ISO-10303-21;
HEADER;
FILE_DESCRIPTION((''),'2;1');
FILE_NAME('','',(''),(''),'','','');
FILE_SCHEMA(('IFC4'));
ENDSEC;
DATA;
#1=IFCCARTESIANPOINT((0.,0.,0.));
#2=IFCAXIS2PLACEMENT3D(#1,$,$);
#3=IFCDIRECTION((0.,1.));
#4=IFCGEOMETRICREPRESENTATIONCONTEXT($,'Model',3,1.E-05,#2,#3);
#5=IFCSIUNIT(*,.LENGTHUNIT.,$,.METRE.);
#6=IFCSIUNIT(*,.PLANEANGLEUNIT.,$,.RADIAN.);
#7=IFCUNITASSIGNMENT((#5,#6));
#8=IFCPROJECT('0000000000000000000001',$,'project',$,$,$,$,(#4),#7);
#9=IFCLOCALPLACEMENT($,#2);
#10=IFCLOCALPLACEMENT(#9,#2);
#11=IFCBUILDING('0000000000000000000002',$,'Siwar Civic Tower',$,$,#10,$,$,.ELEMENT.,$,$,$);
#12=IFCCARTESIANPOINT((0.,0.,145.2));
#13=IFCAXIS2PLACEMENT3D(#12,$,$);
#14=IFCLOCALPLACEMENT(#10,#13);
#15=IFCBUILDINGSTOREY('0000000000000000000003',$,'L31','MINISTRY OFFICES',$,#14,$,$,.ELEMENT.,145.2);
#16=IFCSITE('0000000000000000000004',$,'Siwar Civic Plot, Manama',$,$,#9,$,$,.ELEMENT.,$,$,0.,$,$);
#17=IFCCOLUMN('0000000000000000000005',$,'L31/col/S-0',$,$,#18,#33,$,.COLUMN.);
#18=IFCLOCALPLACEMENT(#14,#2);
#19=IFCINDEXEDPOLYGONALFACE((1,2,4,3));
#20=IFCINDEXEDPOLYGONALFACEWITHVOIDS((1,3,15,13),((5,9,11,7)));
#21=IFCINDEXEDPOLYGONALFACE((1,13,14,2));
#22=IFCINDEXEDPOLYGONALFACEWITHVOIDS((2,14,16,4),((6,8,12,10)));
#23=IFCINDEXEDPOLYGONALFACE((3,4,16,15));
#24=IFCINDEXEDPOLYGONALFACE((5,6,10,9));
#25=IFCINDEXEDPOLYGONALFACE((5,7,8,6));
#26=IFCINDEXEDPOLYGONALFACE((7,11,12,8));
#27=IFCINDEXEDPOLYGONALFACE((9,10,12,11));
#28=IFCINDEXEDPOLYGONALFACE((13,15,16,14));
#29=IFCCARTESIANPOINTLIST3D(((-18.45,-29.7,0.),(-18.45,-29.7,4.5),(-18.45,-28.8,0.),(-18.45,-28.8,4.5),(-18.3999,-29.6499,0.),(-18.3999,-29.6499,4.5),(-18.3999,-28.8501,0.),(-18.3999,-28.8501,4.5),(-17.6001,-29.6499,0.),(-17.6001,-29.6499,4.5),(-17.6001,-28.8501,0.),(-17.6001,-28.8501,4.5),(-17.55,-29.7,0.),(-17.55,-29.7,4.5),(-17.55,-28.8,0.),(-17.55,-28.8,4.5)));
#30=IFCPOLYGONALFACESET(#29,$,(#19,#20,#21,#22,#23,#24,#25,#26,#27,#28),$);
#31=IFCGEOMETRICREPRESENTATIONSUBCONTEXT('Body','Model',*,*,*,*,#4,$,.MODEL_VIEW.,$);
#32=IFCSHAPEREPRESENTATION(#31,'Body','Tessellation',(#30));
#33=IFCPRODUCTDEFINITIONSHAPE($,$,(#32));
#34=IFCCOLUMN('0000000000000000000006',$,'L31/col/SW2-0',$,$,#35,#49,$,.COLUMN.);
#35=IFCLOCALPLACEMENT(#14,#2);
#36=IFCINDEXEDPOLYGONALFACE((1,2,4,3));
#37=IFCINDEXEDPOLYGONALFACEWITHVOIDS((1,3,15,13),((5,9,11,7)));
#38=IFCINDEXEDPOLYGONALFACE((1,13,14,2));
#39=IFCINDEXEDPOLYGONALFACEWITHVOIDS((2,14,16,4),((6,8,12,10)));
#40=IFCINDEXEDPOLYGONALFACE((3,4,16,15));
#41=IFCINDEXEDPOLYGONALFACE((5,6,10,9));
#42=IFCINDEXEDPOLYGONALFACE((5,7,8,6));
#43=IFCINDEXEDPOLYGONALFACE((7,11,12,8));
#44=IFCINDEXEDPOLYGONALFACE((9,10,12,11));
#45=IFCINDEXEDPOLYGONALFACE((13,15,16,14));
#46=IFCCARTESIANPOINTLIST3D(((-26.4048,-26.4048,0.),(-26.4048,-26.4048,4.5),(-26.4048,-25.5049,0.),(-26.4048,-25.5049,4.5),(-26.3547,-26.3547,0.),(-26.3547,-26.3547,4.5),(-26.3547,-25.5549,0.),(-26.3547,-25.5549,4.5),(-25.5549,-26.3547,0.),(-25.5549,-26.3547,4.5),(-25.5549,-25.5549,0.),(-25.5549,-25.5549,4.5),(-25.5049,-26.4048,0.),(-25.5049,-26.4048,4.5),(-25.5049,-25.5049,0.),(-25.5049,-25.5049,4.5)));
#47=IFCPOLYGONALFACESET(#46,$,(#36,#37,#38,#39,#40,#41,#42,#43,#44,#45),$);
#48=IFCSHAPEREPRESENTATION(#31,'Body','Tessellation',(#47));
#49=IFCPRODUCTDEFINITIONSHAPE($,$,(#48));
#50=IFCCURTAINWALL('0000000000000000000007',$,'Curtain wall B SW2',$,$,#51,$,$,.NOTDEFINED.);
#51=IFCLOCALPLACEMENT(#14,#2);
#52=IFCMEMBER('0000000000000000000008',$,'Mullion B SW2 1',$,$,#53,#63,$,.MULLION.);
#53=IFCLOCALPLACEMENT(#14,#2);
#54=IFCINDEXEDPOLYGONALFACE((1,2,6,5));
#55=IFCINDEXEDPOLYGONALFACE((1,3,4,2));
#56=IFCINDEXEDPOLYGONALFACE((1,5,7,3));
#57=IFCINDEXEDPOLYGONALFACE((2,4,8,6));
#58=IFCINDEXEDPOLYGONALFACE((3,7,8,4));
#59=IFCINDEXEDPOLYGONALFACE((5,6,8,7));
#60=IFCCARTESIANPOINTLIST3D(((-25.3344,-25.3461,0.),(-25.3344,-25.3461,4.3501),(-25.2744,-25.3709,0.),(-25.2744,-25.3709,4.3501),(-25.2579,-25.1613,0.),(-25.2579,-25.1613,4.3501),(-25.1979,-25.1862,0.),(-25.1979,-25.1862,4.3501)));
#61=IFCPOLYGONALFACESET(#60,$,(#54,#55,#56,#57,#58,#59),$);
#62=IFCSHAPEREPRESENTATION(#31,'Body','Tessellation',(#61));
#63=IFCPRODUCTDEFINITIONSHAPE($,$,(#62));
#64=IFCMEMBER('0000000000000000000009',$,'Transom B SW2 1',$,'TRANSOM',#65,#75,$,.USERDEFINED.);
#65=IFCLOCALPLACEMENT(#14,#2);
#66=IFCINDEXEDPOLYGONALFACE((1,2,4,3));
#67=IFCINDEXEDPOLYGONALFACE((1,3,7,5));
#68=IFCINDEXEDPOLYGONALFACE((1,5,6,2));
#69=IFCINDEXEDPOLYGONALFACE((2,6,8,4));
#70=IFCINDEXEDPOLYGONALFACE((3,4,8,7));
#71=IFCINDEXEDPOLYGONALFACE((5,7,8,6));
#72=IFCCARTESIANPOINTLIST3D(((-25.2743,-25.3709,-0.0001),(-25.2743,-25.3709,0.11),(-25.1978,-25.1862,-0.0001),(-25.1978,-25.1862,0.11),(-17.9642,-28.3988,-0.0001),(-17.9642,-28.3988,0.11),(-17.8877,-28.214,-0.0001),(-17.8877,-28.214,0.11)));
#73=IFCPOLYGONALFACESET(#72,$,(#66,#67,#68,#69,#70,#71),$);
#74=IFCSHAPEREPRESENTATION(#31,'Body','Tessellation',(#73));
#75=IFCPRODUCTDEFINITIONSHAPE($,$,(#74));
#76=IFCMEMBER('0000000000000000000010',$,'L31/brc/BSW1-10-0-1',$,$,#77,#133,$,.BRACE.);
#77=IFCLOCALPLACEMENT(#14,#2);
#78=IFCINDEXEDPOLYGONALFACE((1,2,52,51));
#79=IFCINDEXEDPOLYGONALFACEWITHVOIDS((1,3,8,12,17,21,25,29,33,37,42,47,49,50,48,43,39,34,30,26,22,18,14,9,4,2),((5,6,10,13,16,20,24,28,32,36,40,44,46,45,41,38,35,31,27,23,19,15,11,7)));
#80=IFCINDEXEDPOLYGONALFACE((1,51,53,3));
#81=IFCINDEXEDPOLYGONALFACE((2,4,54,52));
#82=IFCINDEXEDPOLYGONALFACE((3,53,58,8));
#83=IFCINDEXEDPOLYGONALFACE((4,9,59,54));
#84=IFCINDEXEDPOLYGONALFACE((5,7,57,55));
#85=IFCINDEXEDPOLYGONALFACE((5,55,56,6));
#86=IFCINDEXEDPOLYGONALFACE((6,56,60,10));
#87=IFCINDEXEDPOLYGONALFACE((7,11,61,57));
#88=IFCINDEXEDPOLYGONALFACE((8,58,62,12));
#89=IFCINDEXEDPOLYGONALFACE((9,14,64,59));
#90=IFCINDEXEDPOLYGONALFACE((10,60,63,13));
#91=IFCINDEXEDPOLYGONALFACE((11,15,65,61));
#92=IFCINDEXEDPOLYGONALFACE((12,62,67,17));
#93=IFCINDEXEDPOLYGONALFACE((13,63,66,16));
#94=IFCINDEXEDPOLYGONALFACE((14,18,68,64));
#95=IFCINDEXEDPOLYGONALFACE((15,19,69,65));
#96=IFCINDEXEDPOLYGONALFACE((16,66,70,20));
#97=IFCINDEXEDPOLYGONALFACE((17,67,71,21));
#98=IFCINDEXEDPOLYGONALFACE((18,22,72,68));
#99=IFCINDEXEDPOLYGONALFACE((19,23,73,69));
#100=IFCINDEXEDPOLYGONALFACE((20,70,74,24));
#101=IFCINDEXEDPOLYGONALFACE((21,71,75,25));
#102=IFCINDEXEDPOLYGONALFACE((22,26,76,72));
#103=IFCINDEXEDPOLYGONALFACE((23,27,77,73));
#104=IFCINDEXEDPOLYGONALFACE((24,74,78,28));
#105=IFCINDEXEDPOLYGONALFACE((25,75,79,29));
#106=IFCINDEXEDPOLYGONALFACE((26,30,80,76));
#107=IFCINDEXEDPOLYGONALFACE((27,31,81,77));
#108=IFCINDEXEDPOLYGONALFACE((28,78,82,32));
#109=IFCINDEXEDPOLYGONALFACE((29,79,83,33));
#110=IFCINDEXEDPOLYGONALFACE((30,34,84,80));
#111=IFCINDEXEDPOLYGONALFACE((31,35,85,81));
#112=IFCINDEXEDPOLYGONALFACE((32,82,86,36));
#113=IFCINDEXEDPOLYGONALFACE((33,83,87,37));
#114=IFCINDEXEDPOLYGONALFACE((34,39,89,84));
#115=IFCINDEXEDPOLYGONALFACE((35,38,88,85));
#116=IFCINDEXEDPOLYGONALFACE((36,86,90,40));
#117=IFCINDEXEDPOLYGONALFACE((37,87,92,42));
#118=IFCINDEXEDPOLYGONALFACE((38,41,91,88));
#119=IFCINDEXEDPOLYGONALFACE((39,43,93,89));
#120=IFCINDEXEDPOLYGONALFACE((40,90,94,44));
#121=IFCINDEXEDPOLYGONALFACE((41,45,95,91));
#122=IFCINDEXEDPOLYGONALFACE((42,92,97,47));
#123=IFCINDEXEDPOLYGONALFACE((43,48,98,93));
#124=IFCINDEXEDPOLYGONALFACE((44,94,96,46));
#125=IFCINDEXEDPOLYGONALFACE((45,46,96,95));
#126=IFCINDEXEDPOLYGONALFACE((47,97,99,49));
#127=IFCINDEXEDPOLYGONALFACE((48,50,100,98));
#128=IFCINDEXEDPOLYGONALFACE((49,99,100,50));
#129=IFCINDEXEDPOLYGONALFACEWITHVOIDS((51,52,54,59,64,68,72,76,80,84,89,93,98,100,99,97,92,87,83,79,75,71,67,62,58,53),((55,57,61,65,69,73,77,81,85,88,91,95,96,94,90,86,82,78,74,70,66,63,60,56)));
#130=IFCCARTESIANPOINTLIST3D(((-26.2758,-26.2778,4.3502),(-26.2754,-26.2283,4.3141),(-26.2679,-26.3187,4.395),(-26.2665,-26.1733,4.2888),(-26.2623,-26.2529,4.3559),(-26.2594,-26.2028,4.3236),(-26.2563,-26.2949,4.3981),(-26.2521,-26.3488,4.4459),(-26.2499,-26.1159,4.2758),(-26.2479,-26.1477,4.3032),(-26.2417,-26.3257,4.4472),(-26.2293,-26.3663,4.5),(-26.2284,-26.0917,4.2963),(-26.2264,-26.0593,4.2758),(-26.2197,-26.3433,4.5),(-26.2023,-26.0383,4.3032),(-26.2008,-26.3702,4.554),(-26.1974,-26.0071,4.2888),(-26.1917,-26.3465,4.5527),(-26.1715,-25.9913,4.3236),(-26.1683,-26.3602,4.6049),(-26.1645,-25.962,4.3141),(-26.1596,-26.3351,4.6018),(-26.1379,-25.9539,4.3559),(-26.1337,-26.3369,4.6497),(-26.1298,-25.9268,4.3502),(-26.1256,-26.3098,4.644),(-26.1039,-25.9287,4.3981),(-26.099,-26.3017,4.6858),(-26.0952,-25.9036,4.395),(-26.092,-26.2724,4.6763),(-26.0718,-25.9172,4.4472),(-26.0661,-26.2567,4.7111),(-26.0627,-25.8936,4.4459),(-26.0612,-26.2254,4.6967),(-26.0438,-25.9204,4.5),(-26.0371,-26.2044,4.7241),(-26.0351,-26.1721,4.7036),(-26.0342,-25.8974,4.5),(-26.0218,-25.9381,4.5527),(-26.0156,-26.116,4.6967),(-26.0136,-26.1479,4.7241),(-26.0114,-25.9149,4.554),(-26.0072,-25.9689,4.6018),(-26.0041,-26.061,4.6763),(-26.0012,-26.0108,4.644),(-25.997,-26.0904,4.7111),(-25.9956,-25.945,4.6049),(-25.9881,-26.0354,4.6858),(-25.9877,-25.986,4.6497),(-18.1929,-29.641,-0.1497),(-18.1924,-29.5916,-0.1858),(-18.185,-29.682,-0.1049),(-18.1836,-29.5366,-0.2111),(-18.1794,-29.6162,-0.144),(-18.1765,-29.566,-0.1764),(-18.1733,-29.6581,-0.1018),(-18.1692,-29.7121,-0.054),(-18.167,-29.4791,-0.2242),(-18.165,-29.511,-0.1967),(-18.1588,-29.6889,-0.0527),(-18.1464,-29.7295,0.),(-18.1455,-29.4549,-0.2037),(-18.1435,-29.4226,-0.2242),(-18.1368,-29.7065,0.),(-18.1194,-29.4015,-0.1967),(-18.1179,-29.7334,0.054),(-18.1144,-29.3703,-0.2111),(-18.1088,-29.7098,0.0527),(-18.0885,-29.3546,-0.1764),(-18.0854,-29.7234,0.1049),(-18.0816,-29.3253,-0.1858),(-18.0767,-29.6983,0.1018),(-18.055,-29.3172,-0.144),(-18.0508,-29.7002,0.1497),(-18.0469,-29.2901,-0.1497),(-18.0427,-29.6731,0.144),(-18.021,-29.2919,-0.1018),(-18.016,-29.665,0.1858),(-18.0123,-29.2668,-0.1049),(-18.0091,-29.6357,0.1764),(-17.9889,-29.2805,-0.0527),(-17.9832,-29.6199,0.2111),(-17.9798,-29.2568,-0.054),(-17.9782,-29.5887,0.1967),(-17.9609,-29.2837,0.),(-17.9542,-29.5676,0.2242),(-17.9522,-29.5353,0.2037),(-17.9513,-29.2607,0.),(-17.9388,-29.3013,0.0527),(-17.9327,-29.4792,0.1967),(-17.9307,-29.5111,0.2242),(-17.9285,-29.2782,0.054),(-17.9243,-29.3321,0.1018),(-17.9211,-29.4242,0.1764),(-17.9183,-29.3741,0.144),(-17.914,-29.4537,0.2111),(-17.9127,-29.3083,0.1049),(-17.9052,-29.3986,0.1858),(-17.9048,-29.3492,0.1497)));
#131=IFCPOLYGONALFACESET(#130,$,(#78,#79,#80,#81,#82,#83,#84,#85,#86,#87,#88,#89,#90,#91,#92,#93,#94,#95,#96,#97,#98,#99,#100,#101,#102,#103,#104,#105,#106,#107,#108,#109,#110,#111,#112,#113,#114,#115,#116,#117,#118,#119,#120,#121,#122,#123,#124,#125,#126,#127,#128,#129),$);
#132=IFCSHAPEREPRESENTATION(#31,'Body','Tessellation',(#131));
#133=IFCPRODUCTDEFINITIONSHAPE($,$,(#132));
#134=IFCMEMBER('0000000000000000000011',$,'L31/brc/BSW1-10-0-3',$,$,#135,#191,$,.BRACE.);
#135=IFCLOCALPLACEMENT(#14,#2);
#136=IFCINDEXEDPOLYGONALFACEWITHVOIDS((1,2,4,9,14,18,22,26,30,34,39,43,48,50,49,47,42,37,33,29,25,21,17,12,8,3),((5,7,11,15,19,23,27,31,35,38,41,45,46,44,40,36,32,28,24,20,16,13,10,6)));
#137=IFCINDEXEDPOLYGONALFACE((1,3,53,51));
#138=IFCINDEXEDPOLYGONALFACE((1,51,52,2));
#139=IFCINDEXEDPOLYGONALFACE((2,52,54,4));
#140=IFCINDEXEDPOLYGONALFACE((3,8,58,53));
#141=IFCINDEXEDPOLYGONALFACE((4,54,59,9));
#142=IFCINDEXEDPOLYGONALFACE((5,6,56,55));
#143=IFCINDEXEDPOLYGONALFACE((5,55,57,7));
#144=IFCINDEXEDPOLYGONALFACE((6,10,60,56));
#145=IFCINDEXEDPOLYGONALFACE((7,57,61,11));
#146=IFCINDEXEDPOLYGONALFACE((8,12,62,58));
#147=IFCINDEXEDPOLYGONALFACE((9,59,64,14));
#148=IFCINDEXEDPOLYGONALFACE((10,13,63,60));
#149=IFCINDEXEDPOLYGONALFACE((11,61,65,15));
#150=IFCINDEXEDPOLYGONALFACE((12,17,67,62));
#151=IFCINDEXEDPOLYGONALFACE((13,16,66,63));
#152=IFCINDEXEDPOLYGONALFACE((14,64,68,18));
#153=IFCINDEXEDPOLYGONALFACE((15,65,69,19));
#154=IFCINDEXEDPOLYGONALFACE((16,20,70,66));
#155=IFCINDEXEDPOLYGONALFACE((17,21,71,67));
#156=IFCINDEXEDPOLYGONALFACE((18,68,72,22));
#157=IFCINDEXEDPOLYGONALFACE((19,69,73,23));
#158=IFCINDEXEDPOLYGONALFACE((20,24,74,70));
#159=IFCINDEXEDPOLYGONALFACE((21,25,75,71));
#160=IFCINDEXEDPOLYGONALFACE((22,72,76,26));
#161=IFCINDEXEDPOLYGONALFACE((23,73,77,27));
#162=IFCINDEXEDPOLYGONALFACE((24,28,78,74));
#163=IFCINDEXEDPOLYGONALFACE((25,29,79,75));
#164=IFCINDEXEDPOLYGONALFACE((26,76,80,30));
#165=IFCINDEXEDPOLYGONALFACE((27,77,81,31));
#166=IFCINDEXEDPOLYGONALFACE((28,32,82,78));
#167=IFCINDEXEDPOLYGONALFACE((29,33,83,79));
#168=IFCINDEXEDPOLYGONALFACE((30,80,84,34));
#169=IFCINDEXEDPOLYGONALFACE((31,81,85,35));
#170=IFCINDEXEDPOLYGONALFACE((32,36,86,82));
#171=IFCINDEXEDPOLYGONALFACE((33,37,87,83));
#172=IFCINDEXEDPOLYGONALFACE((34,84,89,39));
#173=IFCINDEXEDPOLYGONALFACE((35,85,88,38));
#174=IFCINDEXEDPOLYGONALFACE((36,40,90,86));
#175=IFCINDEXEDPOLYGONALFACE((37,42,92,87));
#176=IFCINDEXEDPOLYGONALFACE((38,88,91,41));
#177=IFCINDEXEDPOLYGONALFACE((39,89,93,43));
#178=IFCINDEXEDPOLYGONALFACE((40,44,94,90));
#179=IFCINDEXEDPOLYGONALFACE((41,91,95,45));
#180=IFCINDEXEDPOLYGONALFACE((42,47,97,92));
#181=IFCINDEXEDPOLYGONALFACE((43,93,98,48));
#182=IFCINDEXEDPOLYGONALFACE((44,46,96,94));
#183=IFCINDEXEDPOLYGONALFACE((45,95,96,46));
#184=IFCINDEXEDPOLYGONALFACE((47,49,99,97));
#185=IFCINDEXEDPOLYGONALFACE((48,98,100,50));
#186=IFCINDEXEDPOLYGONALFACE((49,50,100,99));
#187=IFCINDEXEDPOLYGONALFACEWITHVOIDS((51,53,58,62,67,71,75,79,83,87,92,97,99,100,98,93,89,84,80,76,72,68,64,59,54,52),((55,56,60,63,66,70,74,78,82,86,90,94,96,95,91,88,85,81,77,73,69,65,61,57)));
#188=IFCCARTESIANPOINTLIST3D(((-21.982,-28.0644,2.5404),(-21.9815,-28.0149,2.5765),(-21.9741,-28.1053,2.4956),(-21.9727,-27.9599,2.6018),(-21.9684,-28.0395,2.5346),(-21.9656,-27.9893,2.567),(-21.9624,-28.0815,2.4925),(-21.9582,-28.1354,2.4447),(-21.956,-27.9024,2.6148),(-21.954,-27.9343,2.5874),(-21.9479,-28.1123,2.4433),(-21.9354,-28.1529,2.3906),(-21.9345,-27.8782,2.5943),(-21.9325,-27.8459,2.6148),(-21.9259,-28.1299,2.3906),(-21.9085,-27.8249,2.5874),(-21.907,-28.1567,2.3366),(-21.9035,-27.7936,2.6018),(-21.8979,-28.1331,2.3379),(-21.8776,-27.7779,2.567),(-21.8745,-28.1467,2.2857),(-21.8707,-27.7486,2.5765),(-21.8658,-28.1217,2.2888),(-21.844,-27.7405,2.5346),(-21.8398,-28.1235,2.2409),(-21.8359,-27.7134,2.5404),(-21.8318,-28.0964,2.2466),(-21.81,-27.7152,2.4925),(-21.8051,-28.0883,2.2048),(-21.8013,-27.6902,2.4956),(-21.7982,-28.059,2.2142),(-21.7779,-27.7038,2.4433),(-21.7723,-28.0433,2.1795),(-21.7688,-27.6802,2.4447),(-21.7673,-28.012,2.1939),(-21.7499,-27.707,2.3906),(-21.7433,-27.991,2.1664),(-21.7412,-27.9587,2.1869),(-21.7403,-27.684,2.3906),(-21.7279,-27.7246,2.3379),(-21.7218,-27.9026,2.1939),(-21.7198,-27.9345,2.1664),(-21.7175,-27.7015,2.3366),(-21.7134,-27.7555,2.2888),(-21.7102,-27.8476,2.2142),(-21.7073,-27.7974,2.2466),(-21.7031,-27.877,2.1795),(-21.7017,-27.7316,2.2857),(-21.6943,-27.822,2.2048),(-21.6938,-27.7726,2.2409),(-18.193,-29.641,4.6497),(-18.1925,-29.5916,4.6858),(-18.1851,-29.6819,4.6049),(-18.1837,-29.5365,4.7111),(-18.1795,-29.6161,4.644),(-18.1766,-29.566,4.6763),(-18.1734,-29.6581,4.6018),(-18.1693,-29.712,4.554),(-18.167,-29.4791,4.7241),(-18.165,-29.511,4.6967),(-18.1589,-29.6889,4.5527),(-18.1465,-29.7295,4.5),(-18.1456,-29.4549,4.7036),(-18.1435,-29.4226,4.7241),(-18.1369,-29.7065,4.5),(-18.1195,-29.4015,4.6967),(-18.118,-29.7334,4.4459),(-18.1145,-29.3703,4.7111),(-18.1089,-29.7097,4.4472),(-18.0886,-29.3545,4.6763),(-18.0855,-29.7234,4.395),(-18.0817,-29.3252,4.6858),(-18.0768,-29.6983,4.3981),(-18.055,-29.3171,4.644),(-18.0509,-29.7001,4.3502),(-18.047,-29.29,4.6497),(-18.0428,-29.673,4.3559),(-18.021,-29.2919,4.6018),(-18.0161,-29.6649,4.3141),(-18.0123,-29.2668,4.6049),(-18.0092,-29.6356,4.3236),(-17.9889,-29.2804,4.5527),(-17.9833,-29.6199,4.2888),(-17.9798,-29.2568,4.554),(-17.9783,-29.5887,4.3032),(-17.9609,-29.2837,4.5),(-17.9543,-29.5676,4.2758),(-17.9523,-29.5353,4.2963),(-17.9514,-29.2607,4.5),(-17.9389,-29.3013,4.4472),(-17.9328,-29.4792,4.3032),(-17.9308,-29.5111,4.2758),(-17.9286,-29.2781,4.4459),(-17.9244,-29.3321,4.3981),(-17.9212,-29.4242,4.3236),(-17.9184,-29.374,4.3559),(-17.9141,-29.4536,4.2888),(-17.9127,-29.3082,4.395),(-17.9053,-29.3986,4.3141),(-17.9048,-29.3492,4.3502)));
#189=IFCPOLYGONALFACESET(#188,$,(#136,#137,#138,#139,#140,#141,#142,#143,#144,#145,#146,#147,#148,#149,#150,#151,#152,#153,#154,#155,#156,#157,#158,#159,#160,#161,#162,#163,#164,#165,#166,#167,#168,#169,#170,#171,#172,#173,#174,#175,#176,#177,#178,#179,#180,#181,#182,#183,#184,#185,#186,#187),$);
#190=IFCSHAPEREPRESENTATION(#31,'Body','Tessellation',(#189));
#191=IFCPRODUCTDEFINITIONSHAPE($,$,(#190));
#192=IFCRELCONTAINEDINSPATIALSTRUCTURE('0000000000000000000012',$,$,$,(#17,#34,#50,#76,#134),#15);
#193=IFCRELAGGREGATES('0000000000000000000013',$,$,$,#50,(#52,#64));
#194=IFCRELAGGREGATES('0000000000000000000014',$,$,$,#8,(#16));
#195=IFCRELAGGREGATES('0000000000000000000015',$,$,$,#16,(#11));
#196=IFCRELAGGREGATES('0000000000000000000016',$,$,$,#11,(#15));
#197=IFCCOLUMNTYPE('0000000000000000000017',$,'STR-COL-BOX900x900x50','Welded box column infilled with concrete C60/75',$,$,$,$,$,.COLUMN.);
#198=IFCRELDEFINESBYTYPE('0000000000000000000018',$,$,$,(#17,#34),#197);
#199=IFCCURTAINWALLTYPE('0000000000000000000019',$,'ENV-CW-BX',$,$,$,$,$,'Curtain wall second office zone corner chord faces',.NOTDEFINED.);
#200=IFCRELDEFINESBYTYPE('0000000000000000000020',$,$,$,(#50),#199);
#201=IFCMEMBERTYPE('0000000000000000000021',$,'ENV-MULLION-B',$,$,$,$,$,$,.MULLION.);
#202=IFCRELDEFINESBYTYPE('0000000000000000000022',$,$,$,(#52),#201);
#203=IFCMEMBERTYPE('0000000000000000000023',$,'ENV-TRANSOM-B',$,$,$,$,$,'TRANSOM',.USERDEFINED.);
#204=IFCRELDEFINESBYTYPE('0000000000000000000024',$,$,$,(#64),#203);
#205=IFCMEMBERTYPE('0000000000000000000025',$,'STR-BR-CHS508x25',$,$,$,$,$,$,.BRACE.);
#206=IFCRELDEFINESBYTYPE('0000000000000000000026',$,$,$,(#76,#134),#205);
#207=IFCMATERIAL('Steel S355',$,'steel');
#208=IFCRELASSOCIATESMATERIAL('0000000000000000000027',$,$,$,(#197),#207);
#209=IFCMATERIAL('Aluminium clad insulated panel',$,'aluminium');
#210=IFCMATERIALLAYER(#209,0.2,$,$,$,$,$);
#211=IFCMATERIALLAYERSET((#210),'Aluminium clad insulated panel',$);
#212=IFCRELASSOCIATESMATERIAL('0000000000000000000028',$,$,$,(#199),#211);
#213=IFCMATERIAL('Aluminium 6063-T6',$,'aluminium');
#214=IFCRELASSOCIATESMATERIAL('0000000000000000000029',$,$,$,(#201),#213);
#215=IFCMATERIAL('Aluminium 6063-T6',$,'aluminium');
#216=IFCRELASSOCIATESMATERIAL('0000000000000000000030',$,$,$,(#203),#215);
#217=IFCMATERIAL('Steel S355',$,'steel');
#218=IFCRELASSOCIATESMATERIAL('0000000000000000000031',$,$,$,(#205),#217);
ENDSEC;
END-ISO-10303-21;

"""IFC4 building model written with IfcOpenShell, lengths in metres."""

from ifc_helpers import new_model, si_unit, direction, frame, origin, origin_2d, place, context, subcontext, project, spatial, rectangle, hollow_rectangle, hollow_circle, extrude, material, layer, layer_set, material_profile, profile_set, type_object, element, aggregate, save


model = new_model("IFC4")

# Units and contexts
model_context = context("Model", 3, precision=1e-05, world=origin(), true_north=direction((0.0, 1.0)))
body_context = subcontext(model_context, "Body", "Model", "MODEL_VIEW")
ifc_project = project(units=[si_unit("LENGTHUNIT", "METRE"), si_unit("PLANEANGLEUNIT", "RADIAN")], contexts=[model_context])

# Site, building, storey
site_placement = place(None, origin())
site = spatial("IfcSite", under=ifc_project, at=site_placement, Name="Siwar Civic Plot, Manama", CompositionType="ELEMENT", RefElevation=0.0)
building_placement = place(site_placement, origin())
building = spatial("IfcBuilding", under=site, at=building_placement, Name="Siwar Civic Tower", CompositionType="ELEMENT")
storey_placement = place(building_placement, frame((0.0, 0.0, 145.2)))
storey = spatial("IfcBuildingStorey", under=building, at=storey_placement, Name="L31", Description="MINISTRY OFFICES", CompositionType="ELEMENT", Elevation=145.2)

# Columns
ifc_material_1 = material(Name="Steel S355", Category="steel")
ifc_material_profile_1 = material_profile(ifc_material_1, hollow_rectangle(XDim=0.8999, YDim=0.8999, WallThickness=0.05, at=origin_2d()), Name="BOX900x900x50")
ifc_profile_set_1 = profile_set([ifc_material_profile_1], Name="Steel S355")
column_type = type_object("IfcColumnType", Name="STR-COL-BOX900x900x50", Description="Welded box column infilled with concrete C60/75", PredefinedType="COLUMN", material=ifc_profile_set_1)
for number, where, z_axis, x_axis, name in (
    (1, (-18.0, -29.25, 0.0), (0.0, 0.0, 1.0), (1.0, 0.0, 0.0), "L31/col/S-0"),
    (2, (-25.9548, -25.9548, 0.0), (0.0, 0.0, 1.0), (1.0, 0.0, 0.0), "L31/col/SW2-0"),
):
    element("IfcColumn", number, at=place(storey_placement, frame(where, z_axis=z_axis, x_axis=x_axis)), inside=storey, type_object=column_type, Name=name, PredefinedType="COLUMN", context=body_context, shape_type="SweptSolid", body=[
        extrude(hollow_rectangle(XDim=0.8999, YDim=0.8999, WallThickness=0.05, at=origin_2d()), origin(), (0.0, 0.0, 1.0), 4.5),
    ])

# Curtain wall, members
ifc_material_2 = material(Name="Aluminium clad insulated panel", Category="aluminium")
ifc_layer_1 = layer(ifc_material_2, 0.2)
ifc_layer_set_1 = layer_set([ifc_layer_1], Name="Aluminium clad insulated panel")
curtain_wall_type = type_object("IfcCurtainWallType", Name="ENV-CW-BX", ElementType="Curtain wall second office zone corner chord faces", PredefinedType="NOTDEFINED", material=ifc_layer_set_1)
curtain_wall_placement = place(storey_placement, origin())
curtain_wall = element("IfcCurtainWall", 3, at=curtain_wall_placement, inside=storey, type_object=curtain_wall_type, Name="Curtain wall B SW2", PredefinedType="NOTDEFINED")
ifc_material_3 = material(Name="Aluminium 6063-T6", Category="aluminium")
ifc_material_profile_2 = material_profile(ifc_material_3, rectangle(XDim=0.2, YDim=0.0649, at=origin_2d()), Name="AL 200x65")
ifc_profile_set_2 = profile_set([ifc_material_profile_2], Name="Aluminium 6063-T6")
member_type_1 = type_object("IfcMemberType", Name="ENV-MULLION-B", PredefinedType="MULLION", material=ifc_profile_set_2)
member_1_placement = place(storey_placement, frame((-25.2661, -25.2661, 0.0), z_axis=(0.0, 0.0, 1.0), x_axis=(0.382683, 0.92388, 0.0)))
member_1 = element("IfcMember", 4, at=member_1_placement, type_object=member_type_1, Name="Mullion B SW2 1", PredefinedType="MULLION", context=body_context, shape_type="SweptSolid", body=[
    extrude(rectangle(XDim=0.2, YDim=0.0649, at=origin_2d()), origin(), (0.0, 0.0, 1.0), 4.3501),
])
ifc_material_4 = material(Name="Aluminium 6063-T6", Category="aluminium")
ifc_material_profile_3 = material_profile(ifc_material_4, rectangle(XDim=0.2, YDim=0.1101, at=origin_2d()), Name="AL 200x110")
ifc_profile_set_3 = profile_set([ifc_material_profile_3], Name="Aluminium 6063-T6")
member_type_2 = type_object("IfcMemberType", Name="ENV-TRANSOM-B", ElementType="TRANSOM", PredefinedType="USERDEFINED", material=ifc_profile_set_3)
member_2_placement = place(storey_placement, frame((-25.2361, -25.2786, 0.0549), z_axis=(0.923884, -0.382673, 0.0), x_axis=(0.382673, 0.923884, 0.0)))
member_2 = element("IfcMember", 5, at=member_2_placement, type_object=member_type_2, Name="Transom B SW2 1", ObjectType="TRANSOM", PredefinedType="USERDEFINED", context=body_context, shape_type="SweptSolid", body=[
    extrude(rectangle(XDim=0.2, YDim=0.1101, at=origin_2d()), origin(), (0.0, 0.0, 1.0), 7.9124),
])

# Members
ifc_material_5 = material(Name="Steel S355", Category="steel")
ifc_material_profile_4 = material_profile(ifc_material_5, hollow_circle(Radius=0.2539, WallThickness=0.0249, at=origin_2d()), Name="CHS508x25")
ifc_profile_set_4 = profile_set([ifc_material_profile_4], Name="Steel S355")
member_type_3 = type_object("IfcMemberType", Name="STR-BR-CHS508x25", PredefinedType="BRACE", material=ifc_profile_set_4)
member_3_placement = place(storey_placement, frame((-18.0488, -29.4951, 0.0), z_axis=(-0.821143, 0.341671, 0.457149), x_axis=(-0.384164, -0.923265, 0.0)))
element("IfcMember", 6, at=member_3_placement, inside=storey, type_object=member_type_3, Name="L31/brc/BSW1-10-0-1", PredefinedType="BRACE", context=body_context, shape_type="SweptSolid", body=[
    extrude(hollow_circle(Radius=0.2539, WallThickness=0.0249, at=origin_2d()), origin(), (0.0, 0.0, 1.0), 9.8435),
])
member_4_placement = place(storey_placement, frame((-21.8379, -27.9185, 2.3906), z_axis=(0.821146, -0.341686, 0.457133), x_axis=(0.384176, 0.92326, 0.0)))
element("IfcMember", 7, at=member_4_placement, inside=storey, type_object=member_type_3, Name="L31/brc/BSW1-10-0-3", PredefinedType="BRACE", context=body_context, shape_type="SweptSolid", body=[
    extrude(hollow_circle(Radius=0.2539, WallThickness=0.0249, at=origin_2d()), origin(), (0.0, 0.0, 1.0), 4.6143),
])

aggregate(curtain_wall, [member_1, member_2])

save(model, "model.ifc")
